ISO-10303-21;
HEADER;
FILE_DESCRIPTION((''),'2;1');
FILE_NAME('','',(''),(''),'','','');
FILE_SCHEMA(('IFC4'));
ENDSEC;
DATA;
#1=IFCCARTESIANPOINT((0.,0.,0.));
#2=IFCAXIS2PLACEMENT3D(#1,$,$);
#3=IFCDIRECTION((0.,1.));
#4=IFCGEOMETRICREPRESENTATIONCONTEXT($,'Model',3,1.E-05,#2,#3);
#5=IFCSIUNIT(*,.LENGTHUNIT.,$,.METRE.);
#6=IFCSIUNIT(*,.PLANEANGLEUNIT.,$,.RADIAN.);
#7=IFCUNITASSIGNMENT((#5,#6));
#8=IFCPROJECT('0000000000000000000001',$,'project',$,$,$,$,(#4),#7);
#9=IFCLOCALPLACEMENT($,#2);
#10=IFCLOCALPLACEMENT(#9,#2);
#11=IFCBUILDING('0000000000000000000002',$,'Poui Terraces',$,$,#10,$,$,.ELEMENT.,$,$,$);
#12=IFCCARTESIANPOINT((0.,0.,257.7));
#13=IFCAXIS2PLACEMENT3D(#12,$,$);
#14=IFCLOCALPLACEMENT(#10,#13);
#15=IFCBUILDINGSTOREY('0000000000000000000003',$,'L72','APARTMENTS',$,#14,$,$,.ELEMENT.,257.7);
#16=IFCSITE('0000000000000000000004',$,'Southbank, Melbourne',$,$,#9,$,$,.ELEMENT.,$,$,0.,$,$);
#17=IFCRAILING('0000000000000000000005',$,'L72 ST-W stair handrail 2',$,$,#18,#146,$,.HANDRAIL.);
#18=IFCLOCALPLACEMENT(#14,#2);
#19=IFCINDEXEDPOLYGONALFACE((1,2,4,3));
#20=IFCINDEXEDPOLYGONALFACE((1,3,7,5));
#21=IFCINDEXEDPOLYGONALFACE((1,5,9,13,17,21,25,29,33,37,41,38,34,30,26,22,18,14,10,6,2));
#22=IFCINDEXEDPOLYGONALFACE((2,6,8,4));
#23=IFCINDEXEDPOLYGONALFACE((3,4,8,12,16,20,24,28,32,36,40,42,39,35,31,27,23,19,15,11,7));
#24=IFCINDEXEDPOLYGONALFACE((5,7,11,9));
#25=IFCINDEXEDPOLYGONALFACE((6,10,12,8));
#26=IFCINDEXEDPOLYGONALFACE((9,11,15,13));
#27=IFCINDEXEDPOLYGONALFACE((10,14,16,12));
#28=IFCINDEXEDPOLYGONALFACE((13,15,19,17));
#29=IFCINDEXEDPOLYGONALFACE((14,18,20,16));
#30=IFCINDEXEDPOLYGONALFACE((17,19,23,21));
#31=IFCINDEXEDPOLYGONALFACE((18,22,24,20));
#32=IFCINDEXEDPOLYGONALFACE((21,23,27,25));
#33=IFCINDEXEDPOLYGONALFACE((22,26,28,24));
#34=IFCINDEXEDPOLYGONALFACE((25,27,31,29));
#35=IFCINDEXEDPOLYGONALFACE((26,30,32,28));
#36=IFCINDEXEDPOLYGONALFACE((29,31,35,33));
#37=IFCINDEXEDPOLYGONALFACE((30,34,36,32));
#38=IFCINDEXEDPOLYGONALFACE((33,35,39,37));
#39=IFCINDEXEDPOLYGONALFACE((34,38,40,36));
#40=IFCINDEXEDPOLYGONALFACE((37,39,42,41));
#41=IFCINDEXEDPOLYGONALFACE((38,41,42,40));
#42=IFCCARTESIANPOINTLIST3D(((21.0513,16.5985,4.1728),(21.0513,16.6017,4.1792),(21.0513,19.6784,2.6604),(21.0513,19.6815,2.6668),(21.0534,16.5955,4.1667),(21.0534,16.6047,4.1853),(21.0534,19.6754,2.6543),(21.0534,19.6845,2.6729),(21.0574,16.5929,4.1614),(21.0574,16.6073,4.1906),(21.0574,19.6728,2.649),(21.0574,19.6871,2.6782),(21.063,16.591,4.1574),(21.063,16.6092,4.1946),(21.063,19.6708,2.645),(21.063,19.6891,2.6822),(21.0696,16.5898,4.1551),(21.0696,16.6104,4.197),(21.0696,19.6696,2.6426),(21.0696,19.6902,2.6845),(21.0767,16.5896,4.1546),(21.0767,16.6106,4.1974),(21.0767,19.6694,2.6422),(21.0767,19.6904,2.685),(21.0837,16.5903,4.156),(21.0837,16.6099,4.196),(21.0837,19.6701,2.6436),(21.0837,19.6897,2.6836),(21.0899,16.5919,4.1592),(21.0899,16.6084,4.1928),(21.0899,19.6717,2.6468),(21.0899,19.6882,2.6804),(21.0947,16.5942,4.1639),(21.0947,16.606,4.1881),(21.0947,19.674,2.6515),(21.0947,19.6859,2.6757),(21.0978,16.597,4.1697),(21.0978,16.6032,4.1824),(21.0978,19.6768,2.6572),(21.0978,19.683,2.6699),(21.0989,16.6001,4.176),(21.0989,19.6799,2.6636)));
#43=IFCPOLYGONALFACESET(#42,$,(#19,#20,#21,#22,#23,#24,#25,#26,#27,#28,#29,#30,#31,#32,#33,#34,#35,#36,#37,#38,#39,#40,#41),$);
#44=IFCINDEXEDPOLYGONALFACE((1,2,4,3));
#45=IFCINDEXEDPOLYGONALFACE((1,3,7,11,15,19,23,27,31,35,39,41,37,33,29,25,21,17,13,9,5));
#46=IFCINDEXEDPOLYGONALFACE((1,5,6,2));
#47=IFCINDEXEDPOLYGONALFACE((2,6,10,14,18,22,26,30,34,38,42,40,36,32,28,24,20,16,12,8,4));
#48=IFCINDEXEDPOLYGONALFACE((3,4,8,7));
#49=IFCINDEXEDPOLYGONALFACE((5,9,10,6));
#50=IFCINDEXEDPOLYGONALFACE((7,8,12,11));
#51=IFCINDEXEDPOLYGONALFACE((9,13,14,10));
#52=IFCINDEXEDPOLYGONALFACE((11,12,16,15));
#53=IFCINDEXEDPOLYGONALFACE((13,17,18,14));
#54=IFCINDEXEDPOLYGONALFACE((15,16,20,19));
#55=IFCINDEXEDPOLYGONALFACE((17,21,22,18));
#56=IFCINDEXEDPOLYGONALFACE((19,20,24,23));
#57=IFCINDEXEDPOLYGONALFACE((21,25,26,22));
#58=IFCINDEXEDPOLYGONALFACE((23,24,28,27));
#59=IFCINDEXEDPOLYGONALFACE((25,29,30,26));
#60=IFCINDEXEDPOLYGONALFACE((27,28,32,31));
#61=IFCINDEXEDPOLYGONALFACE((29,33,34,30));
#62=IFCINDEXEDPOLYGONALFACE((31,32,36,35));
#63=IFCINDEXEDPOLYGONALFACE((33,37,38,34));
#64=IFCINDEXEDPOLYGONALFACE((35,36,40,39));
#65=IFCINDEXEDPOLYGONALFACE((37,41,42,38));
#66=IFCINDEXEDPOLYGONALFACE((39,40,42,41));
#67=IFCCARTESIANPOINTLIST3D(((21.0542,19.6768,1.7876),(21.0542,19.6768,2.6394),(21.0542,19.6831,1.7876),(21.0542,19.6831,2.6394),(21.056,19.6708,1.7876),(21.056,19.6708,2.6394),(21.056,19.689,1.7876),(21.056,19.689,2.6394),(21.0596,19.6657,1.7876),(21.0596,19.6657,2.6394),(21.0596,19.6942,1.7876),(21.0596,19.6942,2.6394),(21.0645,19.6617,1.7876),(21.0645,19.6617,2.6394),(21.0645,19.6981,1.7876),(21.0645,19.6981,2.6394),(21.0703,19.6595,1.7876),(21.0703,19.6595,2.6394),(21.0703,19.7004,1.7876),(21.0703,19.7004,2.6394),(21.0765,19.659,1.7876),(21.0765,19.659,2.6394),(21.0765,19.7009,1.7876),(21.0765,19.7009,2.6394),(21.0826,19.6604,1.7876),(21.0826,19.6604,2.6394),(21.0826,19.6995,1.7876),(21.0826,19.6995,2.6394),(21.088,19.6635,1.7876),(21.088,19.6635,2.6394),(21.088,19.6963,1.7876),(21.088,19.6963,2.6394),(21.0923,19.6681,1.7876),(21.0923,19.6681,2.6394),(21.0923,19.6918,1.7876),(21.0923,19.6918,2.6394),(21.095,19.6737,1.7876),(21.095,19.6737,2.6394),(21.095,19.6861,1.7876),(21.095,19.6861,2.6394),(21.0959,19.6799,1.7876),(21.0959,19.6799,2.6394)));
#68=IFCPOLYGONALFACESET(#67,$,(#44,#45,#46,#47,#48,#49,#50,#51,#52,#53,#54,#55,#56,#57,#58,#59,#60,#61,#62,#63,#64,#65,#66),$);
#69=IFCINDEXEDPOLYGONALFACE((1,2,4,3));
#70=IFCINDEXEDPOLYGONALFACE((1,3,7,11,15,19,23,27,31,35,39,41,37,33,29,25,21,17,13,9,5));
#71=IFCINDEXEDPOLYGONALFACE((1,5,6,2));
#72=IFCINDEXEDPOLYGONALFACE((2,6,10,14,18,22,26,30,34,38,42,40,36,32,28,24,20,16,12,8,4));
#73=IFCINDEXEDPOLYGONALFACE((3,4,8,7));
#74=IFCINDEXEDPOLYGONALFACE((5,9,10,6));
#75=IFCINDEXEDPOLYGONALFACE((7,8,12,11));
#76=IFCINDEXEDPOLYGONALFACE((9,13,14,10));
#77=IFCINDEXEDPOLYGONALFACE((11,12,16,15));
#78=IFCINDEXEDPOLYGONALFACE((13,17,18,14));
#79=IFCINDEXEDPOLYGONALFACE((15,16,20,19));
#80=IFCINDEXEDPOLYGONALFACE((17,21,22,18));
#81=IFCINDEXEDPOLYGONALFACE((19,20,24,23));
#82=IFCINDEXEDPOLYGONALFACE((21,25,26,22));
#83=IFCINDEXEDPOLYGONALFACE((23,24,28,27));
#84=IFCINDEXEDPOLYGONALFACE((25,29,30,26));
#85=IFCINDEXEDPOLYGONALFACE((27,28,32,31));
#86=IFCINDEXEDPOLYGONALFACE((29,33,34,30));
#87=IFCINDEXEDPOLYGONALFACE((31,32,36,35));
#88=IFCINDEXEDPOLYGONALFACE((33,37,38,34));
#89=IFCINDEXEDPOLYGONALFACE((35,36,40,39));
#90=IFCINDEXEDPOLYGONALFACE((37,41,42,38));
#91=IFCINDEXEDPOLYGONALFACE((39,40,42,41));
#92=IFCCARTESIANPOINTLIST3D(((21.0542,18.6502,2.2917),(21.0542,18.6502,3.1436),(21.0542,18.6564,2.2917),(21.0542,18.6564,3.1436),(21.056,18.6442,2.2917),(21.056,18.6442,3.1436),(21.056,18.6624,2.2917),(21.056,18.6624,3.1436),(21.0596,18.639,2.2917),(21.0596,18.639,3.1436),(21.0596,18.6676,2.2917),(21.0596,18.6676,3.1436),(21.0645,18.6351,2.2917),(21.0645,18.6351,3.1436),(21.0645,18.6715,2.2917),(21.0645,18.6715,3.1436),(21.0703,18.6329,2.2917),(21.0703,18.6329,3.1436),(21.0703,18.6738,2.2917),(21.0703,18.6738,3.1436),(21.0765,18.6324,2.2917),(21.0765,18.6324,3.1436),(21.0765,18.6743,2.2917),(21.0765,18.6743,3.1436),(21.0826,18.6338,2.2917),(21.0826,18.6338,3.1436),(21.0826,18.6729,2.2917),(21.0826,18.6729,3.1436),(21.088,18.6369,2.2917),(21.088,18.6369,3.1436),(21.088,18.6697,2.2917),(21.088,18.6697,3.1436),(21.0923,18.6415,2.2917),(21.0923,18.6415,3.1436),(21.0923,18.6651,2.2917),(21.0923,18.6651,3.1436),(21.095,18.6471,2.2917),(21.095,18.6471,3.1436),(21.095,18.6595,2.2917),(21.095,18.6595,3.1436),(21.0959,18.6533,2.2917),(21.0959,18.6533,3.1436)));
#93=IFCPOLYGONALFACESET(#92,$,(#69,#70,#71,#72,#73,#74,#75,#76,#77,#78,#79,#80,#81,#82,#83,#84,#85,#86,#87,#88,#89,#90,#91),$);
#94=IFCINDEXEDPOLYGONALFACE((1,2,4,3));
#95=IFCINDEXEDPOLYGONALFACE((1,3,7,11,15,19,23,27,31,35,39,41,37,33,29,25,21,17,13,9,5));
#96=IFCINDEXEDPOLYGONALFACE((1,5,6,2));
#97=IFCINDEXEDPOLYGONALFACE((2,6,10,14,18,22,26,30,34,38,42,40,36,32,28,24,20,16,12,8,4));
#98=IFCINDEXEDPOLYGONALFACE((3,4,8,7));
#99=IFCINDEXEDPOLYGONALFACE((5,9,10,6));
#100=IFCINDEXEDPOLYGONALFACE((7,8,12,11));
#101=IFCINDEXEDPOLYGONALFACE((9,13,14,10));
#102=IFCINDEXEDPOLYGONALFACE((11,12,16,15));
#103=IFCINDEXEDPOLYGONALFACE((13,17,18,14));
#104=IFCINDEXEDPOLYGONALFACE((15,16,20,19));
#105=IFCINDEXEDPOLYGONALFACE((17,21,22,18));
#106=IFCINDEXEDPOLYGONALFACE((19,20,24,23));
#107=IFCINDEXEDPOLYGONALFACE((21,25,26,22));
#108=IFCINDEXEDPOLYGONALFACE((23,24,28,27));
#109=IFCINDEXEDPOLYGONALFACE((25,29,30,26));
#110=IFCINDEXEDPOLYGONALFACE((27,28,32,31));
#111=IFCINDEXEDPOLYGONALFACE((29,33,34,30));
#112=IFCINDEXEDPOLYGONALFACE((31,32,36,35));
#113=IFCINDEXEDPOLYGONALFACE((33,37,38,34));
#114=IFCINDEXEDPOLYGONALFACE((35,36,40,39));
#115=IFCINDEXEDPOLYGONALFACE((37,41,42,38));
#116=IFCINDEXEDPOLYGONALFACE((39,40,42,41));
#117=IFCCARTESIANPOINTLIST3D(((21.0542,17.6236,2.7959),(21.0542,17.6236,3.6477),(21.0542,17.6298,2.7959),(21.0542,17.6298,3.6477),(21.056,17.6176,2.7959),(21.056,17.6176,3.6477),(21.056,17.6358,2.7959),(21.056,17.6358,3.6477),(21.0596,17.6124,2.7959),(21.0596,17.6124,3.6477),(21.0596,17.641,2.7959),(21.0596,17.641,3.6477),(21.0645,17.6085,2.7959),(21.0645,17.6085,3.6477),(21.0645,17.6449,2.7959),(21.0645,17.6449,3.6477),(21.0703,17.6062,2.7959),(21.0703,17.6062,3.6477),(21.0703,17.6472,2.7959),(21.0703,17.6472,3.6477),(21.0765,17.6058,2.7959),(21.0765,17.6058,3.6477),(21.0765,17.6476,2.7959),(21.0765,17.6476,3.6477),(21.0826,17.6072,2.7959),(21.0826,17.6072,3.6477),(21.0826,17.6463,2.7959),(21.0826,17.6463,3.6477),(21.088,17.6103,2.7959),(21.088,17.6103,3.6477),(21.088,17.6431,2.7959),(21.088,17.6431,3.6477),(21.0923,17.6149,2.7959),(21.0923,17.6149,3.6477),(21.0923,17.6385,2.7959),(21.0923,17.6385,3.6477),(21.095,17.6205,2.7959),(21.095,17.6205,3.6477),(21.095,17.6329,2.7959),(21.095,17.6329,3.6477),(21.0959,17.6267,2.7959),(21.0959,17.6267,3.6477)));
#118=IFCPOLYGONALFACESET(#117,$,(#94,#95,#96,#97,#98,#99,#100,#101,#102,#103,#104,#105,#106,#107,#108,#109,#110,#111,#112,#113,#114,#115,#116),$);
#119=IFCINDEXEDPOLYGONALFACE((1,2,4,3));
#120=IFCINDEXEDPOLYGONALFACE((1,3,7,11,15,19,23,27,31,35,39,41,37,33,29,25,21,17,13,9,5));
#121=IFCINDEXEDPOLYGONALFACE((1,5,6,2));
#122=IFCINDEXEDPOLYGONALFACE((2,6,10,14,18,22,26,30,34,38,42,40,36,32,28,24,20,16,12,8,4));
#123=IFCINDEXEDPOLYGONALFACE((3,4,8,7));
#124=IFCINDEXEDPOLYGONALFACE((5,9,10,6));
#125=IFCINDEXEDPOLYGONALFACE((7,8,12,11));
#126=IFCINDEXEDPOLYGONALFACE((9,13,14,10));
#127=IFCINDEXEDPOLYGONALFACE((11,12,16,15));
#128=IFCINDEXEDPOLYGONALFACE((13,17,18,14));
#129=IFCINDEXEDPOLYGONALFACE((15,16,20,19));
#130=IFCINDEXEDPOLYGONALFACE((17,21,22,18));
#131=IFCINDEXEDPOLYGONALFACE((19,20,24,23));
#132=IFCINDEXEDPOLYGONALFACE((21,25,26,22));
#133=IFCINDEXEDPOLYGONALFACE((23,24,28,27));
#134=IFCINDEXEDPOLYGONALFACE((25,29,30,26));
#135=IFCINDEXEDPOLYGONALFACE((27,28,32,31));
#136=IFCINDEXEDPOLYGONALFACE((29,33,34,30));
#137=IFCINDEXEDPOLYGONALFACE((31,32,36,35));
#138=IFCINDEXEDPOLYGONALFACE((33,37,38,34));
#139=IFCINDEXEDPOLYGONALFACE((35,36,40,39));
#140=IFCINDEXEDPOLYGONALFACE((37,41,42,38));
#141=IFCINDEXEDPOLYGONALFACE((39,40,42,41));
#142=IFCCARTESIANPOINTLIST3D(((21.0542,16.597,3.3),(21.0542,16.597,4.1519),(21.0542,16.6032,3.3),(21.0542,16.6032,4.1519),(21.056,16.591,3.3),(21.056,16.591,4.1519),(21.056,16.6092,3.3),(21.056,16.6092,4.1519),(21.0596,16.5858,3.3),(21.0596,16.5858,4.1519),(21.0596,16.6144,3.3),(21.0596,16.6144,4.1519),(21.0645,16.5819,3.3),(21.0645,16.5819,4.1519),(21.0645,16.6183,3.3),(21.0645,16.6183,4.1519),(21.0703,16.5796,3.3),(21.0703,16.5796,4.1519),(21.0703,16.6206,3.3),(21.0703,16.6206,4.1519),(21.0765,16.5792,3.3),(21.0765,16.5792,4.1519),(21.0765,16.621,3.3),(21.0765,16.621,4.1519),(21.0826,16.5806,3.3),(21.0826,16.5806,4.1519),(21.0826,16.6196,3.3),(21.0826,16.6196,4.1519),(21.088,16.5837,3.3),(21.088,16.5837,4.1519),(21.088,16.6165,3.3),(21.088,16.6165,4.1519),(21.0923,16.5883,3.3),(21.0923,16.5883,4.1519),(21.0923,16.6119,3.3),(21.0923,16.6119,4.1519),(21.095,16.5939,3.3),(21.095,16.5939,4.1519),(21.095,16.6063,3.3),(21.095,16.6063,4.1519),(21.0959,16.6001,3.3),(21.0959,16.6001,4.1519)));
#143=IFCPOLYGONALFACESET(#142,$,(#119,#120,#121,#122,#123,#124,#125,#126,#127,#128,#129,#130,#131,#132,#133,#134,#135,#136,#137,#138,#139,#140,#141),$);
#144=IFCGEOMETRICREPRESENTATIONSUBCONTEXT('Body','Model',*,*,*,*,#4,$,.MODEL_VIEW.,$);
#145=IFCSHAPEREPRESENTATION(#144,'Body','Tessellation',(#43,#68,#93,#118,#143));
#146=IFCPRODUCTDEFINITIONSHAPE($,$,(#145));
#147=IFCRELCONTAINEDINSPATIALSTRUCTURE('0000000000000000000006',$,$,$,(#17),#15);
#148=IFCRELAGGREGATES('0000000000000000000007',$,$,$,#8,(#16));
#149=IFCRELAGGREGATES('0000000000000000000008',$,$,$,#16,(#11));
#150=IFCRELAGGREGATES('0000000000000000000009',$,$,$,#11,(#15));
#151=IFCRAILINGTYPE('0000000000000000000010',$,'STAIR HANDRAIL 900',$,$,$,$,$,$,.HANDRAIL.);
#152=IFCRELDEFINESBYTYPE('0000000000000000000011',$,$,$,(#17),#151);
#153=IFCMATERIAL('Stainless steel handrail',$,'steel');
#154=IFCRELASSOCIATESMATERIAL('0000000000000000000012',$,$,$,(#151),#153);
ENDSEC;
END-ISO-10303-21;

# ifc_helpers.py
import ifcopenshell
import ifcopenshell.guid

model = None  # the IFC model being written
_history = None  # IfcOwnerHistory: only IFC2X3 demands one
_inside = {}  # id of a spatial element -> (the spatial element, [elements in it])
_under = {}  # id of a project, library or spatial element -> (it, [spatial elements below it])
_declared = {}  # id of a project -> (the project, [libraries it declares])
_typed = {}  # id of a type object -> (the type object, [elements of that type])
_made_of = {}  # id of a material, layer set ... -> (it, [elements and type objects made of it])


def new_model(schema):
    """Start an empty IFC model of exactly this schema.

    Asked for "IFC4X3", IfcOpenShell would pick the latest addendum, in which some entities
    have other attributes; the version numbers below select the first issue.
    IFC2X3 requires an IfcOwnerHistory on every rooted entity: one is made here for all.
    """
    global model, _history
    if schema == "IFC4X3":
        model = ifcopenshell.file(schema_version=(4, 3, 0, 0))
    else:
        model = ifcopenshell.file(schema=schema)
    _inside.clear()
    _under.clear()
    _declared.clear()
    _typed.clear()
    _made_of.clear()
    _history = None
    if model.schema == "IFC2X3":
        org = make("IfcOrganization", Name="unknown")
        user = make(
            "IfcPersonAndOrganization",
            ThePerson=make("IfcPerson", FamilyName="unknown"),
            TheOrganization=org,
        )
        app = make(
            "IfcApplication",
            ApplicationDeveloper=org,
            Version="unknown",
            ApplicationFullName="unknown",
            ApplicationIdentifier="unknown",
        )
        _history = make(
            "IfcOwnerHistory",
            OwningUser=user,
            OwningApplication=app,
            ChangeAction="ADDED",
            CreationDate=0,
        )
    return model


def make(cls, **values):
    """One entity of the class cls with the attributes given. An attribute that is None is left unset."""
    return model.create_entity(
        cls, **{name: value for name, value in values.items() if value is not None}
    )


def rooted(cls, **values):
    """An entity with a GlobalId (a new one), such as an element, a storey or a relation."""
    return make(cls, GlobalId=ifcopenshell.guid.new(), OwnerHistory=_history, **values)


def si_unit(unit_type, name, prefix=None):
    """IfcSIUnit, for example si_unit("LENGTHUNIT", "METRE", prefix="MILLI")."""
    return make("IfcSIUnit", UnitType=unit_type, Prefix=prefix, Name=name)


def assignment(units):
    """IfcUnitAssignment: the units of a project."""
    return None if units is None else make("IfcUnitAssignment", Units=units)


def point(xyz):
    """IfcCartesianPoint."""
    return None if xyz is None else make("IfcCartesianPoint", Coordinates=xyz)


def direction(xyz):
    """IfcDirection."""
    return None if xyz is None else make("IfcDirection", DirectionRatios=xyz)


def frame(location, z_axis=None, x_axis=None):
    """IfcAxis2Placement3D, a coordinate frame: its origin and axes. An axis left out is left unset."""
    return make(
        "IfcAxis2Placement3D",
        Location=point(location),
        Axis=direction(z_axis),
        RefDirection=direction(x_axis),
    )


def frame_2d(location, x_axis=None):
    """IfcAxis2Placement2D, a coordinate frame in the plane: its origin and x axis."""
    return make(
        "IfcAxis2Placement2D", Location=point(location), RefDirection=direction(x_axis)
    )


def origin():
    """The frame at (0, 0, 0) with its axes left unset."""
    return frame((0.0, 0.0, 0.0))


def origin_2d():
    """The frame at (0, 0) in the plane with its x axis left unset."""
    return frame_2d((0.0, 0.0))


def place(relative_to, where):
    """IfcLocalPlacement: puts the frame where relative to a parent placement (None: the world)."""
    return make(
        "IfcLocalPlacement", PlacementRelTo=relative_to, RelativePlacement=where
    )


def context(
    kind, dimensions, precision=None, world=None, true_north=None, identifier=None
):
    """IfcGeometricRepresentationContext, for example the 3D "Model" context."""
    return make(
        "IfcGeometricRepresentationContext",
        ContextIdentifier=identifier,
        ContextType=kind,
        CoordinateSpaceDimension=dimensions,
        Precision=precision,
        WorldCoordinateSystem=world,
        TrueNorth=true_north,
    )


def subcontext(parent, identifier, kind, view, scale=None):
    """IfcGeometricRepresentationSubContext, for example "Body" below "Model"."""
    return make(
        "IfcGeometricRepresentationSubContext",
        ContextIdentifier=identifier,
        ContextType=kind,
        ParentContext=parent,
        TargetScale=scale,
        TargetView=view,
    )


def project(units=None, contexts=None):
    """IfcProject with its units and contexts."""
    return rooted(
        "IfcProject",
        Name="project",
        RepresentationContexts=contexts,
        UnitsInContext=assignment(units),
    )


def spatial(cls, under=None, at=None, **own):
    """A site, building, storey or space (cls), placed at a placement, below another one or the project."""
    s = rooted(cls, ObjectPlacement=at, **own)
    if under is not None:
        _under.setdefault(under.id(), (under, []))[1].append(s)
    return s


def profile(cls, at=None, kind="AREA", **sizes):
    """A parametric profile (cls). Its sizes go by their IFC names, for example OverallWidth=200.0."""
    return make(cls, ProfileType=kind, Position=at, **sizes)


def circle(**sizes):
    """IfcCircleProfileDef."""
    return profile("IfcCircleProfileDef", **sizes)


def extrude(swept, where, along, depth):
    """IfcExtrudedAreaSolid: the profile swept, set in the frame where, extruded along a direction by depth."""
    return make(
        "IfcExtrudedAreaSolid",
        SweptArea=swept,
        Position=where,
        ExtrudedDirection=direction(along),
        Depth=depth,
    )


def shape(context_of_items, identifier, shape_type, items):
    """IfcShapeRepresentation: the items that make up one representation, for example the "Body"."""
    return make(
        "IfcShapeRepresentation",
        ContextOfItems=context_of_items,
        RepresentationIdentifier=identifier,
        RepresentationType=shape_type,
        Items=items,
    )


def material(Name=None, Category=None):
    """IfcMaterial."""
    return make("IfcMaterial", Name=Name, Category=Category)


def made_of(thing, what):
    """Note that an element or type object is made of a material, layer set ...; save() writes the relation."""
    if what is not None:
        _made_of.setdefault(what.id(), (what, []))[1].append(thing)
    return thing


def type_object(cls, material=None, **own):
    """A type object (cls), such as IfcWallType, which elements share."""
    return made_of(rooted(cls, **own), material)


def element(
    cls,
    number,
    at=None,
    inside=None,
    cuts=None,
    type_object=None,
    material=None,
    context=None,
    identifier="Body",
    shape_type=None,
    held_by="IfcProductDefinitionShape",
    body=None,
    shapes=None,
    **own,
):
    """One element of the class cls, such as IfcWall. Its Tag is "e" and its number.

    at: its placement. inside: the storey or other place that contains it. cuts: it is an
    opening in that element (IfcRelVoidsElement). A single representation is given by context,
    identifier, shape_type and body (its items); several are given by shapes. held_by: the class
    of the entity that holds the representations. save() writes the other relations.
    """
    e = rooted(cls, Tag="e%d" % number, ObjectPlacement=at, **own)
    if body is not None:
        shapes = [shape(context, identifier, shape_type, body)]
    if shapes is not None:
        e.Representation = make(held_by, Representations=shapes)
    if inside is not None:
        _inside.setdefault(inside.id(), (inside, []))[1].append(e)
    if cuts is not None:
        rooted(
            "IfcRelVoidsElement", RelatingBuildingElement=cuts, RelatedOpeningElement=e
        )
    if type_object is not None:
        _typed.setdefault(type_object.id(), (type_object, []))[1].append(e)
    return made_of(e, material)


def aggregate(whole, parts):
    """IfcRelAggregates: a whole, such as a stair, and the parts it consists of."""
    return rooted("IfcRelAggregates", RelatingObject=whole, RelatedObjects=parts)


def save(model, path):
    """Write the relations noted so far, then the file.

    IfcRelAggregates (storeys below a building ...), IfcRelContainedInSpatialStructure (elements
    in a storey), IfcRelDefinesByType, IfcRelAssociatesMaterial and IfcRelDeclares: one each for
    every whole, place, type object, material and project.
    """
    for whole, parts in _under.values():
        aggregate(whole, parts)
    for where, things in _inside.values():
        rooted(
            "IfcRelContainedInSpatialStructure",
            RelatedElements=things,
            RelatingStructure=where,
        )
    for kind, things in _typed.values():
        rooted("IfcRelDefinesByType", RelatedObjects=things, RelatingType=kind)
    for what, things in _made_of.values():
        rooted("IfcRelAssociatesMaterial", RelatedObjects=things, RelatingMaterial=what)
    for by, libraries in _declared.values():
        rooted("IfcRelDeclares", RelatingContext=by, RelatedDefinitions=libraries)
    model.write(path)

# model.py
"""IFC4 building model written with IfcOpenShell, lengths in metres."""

from ifc_helpers import new_model, si_unit, direction, frame, origin, origin_2d, place, context, subcontext, project, spatial, circle, extrude, material, type_object, element, save


model = new_model("IFC4")

# Units and contexts
model_context = context("Model", 3, precision=1e-05, world=origin(), true_north=direction((0.0, 1.0)))
body_context = subcontext(model_context, "Body", "Model", "MODEL_VIEW")
ifc_project = project(units=[si_unit("LENGTHUNIT", "METRE"), si_unit("PLANEANGLEUNIT", "RADIAN")], contexts=[model_context])

# Site, building, storey
site_placement = place(None, origin())
site = spatial("IfcSite", under=ifc_project, at=site_placement, Name="Southbank, Melbourne", CompositionType="ELEMENT", RefElevation=0.0)
building_placement = place(site_placement, origin())
building = spatial("IfcBuilding", under=site, at=building_placement, Name="Poui Terraces", CompositionType="ELEMENT")
storey_placement = place(building_placement, frame((0.0, 0.0, 257.7)))
storey = spatial("IfcBuildingStorey", under=building, at=storey_placement, Name="L72", Description="APARTMENTS", CompositionType="ELEMENT", Elevation=257.7)

# Railing
ifc_material_1 = material(Name="Stainless steel handrail", Category="steel")
railing_type_1 = type_object("IfcRailingType", Name="STAIR HANDRAIL 900", PredefinedType="HANDRAIL", material=ifc_material_1)
railing_1_placement = place(storey_placement, frame((21.075, 19.6799, 1.7876)))
element("IfcRailing", 1, at=railing_1_placement, inside=storey, type_object=railing_type_1, Name="L72 ST-W stair handrail 2", PredefinedType="HANDRAIL", context=body_context, shape_type="SweptSolid", body=[
    extrude(circle(Radius=0.0239, at=origin_2d()), frame((0.0, 0.0, 0.876), z_axis=(0.0, -0.897606, 0.440798), x_axis=(1.0, 0.0, 0.0)), (0.0, 0.0, 1.0), 3.4312),
    extrude(circle(Radius=0.021, at=origin_2d()), origin(), (0.0, 0.0, 1.0), 0.8518),
    extrude(circle(Radius=0.021, at=origin_2d()), frame((0.0, -1.0266, 0.5042)), (0.0, 0.0, 1.0), 0.8518),
    extrude(circle(Radius=0.021, at=origin_2d()), frame((0.0, -2.0532, 1.0083)), (0.0, 0.0, 1.0), 0.8518),
    extrude(circle(Radius=0.021, at=origin_2d()), frame((0.0, -3.0798, 1.5125)), (0.0, 0.0, 1.0), 0.8518),
])

save(model, "model.ifc")
